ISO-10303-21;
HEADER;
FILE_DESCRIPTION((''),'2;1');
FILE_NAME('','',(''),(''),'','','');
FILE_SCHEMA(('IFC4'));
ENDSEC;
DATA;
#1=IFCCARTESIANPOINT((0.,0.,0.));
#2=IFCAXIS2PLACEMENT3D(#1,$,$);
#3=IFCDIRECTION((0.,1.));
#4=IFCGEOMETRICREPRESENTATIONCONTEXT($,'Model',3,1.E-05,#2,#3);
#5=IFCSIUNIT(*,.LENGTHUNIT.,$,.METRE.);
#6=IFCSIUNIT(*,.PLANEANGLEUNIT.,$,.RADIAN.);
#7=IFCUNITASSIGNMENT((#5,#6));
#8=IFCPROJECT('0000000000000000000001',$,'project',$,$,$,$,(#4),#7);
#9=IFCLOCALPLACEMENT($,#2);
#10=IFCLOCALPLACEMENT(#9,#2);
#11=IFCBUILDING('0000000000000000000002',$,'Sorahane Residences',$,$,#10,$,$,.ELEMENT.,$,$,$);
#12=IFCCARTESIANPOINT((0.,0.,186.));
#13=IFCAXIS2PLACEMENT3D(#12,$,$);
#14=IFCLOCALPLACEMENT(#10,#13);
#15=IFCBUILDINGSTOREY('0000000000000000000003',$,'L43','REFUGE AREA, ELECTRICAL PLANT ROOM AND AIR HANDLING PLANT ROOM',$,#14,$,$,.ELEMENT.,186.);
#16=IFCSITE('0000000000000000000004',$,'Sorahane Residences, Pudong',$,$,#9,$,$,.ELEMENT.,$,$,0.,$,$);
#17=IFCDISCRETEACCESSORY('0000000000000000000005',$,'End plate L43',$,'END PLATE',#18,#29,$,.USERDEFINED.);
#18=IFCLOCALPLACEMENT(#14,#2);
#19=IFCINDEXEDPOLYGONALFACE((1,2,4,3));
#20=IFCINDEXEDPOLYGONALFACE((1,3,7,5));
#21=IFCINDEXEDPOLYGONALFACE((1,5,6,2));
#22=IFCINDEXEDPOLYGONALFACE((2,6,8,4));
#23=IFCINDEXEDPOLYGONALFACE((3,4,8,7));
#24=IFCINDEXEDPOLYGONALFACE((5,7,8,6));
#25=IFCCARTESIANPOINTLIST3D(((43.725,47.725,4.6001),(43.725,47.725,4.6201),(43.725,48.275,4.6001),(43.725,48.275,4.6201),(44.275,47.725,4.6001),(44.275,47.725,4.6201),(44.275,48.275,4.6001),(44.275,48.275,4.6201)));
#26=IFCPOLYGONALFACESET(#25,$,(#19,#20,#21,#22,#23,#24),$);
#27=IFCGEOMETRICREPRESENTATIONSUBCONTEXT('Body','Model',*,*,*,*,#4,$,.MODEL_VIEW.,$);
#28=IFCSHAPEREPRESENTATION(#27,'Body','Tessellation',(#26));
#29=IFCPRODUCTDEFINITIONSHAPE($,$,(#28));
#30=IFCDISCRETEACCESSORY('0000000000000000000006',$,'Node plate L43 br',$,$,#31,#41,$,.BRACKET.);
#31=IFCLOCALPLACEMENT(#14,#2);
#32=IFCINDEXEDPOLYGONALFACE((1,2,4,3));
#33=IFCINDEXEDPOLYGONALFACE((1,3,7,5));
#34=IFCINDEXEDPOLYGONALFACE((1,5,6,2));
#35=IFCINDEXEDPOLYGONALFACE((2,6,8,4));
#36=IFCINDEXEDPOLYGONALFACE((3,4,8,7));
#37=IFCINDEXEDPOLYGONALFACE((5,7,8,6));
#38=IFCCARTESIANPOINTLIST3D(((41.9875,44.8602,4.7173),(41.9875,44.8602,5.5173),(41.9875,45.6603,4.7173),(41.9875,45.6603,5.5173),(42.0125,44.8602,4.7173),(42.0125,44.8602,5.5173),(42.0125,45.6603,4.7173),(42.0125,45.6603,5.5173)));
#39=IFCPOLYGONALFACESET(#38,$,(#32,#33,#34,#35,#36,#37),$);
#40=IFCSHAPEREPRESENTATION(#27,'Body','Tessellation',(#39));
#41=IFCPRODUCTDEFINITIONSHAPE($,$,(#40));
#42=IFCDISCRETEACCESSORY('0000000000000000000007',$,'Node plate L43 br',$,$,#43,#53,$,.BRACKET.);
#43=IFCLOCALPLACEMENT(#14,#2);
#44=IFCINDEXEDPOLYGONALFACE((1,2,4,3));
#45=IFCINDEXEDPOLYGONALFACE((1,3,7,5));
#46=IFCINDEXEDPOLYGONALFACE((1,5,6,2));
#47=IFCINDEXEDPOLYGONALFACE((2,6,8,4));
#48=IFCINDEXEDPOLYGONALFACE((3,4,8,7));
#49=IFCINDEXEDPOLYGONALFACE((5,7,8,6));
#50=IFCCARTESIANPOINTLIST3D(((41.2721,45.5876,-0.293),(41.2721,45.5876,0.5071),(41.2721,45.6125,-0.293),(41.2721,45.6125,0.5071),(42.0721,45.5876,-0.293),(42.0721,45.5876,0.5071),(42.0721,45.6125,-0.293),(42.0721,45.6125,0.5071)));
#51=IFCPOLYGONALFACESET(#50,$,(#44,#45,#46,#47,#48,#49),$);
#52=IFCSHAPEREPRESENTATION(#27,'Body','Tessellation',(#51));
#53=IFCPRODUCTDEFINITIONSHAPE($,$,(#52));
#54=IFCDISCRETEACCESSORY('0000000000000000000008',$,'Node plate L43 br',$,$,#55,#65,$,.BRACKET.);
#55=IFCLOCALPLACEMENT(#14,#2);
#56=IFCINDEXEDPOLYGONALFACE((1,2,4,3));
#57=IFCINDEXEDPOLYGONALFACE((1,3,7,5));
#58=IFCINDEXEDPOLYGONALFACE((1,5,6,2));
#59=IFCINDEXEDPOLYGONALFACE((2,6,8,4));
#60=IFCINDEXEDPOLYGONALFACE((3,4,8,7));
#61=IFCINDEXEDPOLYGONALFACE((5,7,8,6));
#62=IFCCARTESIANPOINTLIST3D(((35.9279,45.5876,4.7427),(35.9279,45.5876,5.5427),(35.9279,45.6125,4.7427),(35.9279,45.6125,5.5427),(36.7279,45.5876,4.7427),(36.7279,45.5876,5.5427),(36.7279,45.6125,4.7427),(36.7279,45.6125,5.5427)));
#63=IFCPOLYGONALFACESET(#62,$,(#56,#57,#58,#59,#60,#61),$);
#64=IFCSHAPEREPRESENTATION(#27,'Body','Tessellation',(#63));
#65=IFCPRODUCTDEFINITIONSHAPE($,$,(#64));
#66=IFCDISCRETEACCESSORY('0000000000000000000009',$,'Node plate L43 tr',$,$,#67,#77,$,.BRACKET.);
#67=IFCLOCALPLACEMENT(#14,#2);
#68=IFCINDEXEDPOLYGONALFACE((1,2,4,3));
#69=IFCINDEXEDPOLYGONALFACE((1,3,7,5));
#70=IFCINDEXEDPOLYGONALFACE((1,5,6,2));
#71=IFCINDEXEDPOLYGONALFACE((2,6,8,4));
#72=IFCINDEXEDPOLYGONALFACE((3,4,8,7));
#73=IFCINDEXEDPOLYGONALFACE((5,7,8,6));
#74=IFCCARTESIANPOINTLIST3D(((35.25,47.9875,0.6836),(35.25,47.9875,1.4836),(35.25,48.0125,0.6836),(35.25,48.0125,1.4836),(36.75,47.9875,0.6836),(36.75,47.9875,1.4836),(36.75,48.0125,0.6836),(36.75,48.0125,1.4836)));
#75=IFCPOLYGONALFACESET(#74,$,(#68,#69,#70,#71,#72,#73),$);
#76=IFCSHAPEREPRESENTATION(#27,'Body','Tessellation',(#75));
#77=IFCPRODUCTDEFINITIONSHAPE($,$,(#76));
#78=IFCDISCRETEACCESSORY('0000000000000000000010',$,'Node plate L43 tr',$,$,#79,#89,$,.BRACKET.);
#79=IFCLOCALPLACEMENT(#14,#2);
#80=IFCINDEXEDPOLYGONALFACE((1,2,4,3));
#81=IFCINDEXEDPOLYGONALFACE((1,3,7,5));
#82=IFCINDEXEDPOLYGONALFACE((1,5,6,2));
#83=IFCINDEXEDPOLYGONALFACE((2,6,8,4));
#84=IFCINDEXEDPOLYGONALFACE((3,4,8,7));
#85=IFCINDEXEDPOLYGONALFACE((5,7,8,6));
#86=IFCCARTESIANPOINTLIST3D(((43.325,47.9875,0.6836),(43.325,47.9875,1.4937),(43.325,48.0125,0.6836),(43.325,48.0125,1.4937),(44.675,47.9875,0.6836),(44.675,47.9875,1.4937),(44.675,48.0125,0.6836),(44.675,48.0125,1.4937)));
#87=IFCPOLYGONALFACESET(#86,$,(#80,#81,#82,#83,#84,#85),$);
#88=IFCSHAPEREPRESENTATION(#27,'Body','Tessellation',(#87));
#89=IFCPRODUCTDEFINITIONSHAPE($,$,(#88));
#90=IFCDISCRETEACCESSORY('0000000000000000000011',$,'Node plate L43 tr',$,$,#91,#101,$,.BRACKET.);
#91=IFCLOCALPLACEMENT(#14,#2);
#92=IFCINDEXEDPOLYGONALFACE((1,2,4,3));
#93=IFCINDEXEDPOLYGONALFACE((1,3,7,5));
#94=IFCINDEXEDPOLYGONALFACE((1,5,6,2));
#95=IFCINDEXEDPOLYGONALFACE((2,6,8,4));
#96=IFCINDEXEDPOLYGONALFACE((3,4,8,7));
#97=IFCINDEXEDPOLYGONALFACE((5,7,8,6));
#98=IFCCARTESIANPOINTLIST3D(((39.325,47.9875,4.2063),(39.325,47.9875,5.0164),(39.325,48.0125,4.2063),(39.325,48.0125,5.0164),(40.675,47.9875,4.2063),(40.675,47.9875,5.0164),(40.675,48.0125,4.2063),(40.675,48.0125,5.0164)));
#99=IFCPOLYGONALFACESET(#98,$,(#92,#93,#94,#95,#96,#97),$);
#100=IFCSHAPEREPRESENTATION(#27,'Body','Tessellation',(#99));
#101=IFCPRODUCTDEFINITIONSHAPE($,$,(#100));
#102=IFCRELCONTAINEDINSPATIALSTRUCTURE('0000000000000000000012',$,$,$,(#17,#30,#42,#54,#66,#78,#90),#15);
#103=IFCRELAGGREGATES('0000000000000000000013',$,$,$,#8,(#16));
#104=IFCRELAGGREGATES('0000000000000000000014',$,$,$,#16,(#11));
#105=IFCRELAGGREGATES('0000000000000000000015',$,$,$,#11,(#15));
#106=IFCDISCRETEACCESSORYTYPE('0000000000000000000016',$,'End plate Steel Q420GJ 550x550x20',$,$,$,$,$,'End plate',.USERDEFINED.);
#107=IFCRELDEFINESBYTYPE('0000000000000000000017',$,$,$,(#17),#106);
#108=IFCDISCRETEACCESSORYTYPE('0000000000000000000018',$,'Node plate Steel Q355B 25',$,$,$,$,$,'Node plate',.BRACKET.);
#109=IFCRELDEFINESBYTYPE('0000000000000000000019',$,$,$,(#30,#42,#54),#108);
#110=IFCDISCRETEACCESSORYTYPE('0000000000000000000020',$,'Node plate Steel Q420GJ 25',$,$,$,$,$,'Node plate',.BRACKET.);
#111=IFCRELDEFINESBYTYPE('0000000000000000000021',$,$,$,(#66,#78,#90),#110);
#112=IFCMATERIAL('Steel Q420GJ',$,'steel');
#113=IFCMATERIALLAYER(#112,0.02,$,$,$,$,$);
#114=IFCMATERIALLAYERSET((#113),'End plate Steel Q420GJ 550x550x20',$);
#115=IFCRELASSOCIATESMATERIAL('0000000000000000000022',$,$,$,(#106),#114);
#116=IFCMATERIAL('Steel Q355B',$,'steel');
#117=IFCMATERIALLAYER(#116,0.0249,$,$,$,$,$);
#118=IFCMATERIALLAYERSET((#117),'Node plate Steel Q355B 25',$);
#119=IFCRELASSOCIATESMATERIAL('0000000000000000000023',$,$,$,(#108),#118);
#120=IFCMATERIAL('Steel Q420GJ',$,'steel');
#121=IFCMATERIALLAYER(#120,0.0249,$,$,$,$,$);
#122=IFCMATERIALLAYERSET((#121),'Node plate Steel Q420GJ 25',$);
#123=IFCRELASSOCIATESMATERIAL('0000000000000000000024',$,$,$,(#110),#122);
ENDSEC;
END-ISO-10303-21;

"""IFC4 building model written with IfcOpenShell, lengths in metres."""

from ifc_helpers import new_model, si_unit, direction, frame, origin, origin_2d, place, context, subcontext, project, spatial, rectangle, extrude, material, layer, layer_set, type_object, element, save


model = new_model("IFC4")

# Units and contexts
model_context = context("Model", 3, precision=1e-05, world=origin(), true_north=direction((0.0, 1.0)))
body_context = subcontext(model_context, "Body", "Model", "MODEL_VIEW")
ifc_project = project(units=[si_unit("LENGTHUNIT", "METRE"), si_unit("PLANEANGLEUNIT", "RADIAN")], contexts=[model_context])

# Site, building, storey
site_placement = place(None, origin())
site = spatial("IfcSite", under=ifc_project, at=site_placement, Name="Sorahane Residences, Pudong", CompositionType="ELEMENT", RefElevation=0.0)
building_placement = place(site_placement, origin())
building = spatial("IfcBuilding", under=site, at=building_placement, Name="Sorahane Residences", CompositionType="ELEMENT")
storey_placement = place(building_placement, frame((0.0, 0.0, 186.0)))
storey = spatial("IfcBuildingStorey", under=building, at=storey_placement, Name="L43", Description="REFUGE AREA, ELECTRICAL PLANT ROOM AND AIR HANDLING PLANT ROOM", CompositionType="ELEMENT", Elevation=186.0)

# Discrete accessories
ifc_material_1 = material(Name="Steel Q420GJ", Category="steel")
ifc_layer_1 = layer(ifc_material_1, 0.02)
ifc_layer_set_1 = layer_set([ifc_layer_1], Name="End plate Steel Q420GJ 550x550x20")
discrete_accessory_type_1 = type_object("IfcDiscreteAccessoryType", Name="End plate Steel Q420GJ 550x550x20", ElementType="End plate", PredefinedType="USERDEFINED", material=ifc_layer_set_1)
for number, where, z_axis, x_axis, name in (
    (1, (44.0, 48.0, 4.6001), (0.0, 0.0, 1.0), (1.0, 0.0, 0.0), "End plate L43"),
):
    element("IfcDiscreteAccessory", number, at=place(storey_placement, frame(where, z_axis=z_axis, x_axis=x_axis)), inside=storey, type_object=discrete_accessory_type_1, Name=name, ObjectType="END PLATE", PredefinedType="USERDEFINED", context=body_context, shape_type="SweptSolid", body=[
        extrude(rectangle(XDim=0.55, YDim=0.55, at=origin_2d()), origin(), (0.0, 0.0, 1.0), 0.02),
    ])
ifc_material_2 = material(Name="Steel Q355B", Category="steel")
ifc_layer_2 = layer(ifc_material_2, 0.0249)
ifc_layer_set_2 = layer_set([ifc_layer_2], Name="Node plate Steel Q355B 25")
discrete_accessory_type_2 = type_object("IfcDiscreteAccessoryType", Name="Node plate Steel Q355B 25", ElementType="Node plate", PredefinedType="BRACKET", material=ifc_layer_set_2)
for number, where, z_axis, x_axis, name in (
    (2, (42.0, 45.2603, 4.7173), (0.0, 0.0, 1.0), (0.0, 1.0, 0.0), "Node plate L43 br"),
    (3, (41.6721, 45.6001, -0.293), (0.0, 0.0, 1.0), (1.0, 0.0, 0.0), "Node plate L43 br"),
    (4, (36.3279, 45.6001, 4.7427), (0.0, 0.0, 1.0), (1.0, 0.0, 0.0), "Node plate L43 br"),
):
    element("IfcDiscreteAccessory", number, at=place(storey_placement, frame(where, z_axis=z_axis, x_axis=x_axis)), inside=storey, type_object=discrete_accessory_type_2, Name=name, PredefinedType="BRACKET", context=body_context, shape_type="SweptSolid", body=[
        extrude(rectangle(XDim=0.8, YDim=0.0249, at=origin_2d()), origin(), (0.0, 0.0, 1.0), 0.8),
    ])
ifc_material_3 = material(Name="Steel Q420GJ", Category="steel")
ifc_layer_3 = layer(ifc_material_3, 0.0249)
ifc_layer_set_3 = layer_set([ifc_layer_3], Name="Node plate Steel Q420GJ 25")
discrete_accessory_type_3 = type_object("IfcDiscreteAccessoryType", Name="Node plate Steel Q420GJ 25", ElementType="Node plate", PredefinedType="BRACKET", material=ifc_layer_set_3)
discrete_accessory_placement = place(storey_placement, frame((36.0, 48.0, 0.6836), z_axis=(0.0, 0.0, 1.0), x_axis=(1.0, 0.0, 0.0)))
element("IfcDiscreteAccessory", 5, at=discrete_accessory_placement, inside=storey, type_object=discrete_accessory_type_3, Name="Node plate L43 tr", PredefinedType="BRACKET", context=body_context, shape_type="SweptSolid", body=[
    extrude(rectangle(XDim=1.5, YDim=0.0249, at=origin_2d()), origin(), (0.0, 0.0, 1.0), 0.8),
])
for number, where, z_axis, x_axis, name in (
    (6, (44.0, 48.0, 0.6836), (0.0, 0.0, 1.0), (1.0, 0.0, 0.0), "Node plate L43 tr"),
    (7, (40.0, 48.0, 4.2063), (0.0, 0.0, 1.0), (1.0, 0.0, 0.0), "Node plate L43 tr"),
):
    element("IfcDiscreteAccessory", number, at=place(storey_placement, frame(where, z_axis=z_axis, x_axis=x_axis)), inside=storey, type_object=discrete_accessory_type_3, Name=name, PredefinedType="BRACKET", context=body_context, shape_type="SweptSolid", body=[
        extrude(rectangle(XDim=1.3501, YDim=0.0249, at=origin_2d()), origin(), (0.0, 0.0, 1.0), 0.8101),
    ])

save(model, "model.ifc")
